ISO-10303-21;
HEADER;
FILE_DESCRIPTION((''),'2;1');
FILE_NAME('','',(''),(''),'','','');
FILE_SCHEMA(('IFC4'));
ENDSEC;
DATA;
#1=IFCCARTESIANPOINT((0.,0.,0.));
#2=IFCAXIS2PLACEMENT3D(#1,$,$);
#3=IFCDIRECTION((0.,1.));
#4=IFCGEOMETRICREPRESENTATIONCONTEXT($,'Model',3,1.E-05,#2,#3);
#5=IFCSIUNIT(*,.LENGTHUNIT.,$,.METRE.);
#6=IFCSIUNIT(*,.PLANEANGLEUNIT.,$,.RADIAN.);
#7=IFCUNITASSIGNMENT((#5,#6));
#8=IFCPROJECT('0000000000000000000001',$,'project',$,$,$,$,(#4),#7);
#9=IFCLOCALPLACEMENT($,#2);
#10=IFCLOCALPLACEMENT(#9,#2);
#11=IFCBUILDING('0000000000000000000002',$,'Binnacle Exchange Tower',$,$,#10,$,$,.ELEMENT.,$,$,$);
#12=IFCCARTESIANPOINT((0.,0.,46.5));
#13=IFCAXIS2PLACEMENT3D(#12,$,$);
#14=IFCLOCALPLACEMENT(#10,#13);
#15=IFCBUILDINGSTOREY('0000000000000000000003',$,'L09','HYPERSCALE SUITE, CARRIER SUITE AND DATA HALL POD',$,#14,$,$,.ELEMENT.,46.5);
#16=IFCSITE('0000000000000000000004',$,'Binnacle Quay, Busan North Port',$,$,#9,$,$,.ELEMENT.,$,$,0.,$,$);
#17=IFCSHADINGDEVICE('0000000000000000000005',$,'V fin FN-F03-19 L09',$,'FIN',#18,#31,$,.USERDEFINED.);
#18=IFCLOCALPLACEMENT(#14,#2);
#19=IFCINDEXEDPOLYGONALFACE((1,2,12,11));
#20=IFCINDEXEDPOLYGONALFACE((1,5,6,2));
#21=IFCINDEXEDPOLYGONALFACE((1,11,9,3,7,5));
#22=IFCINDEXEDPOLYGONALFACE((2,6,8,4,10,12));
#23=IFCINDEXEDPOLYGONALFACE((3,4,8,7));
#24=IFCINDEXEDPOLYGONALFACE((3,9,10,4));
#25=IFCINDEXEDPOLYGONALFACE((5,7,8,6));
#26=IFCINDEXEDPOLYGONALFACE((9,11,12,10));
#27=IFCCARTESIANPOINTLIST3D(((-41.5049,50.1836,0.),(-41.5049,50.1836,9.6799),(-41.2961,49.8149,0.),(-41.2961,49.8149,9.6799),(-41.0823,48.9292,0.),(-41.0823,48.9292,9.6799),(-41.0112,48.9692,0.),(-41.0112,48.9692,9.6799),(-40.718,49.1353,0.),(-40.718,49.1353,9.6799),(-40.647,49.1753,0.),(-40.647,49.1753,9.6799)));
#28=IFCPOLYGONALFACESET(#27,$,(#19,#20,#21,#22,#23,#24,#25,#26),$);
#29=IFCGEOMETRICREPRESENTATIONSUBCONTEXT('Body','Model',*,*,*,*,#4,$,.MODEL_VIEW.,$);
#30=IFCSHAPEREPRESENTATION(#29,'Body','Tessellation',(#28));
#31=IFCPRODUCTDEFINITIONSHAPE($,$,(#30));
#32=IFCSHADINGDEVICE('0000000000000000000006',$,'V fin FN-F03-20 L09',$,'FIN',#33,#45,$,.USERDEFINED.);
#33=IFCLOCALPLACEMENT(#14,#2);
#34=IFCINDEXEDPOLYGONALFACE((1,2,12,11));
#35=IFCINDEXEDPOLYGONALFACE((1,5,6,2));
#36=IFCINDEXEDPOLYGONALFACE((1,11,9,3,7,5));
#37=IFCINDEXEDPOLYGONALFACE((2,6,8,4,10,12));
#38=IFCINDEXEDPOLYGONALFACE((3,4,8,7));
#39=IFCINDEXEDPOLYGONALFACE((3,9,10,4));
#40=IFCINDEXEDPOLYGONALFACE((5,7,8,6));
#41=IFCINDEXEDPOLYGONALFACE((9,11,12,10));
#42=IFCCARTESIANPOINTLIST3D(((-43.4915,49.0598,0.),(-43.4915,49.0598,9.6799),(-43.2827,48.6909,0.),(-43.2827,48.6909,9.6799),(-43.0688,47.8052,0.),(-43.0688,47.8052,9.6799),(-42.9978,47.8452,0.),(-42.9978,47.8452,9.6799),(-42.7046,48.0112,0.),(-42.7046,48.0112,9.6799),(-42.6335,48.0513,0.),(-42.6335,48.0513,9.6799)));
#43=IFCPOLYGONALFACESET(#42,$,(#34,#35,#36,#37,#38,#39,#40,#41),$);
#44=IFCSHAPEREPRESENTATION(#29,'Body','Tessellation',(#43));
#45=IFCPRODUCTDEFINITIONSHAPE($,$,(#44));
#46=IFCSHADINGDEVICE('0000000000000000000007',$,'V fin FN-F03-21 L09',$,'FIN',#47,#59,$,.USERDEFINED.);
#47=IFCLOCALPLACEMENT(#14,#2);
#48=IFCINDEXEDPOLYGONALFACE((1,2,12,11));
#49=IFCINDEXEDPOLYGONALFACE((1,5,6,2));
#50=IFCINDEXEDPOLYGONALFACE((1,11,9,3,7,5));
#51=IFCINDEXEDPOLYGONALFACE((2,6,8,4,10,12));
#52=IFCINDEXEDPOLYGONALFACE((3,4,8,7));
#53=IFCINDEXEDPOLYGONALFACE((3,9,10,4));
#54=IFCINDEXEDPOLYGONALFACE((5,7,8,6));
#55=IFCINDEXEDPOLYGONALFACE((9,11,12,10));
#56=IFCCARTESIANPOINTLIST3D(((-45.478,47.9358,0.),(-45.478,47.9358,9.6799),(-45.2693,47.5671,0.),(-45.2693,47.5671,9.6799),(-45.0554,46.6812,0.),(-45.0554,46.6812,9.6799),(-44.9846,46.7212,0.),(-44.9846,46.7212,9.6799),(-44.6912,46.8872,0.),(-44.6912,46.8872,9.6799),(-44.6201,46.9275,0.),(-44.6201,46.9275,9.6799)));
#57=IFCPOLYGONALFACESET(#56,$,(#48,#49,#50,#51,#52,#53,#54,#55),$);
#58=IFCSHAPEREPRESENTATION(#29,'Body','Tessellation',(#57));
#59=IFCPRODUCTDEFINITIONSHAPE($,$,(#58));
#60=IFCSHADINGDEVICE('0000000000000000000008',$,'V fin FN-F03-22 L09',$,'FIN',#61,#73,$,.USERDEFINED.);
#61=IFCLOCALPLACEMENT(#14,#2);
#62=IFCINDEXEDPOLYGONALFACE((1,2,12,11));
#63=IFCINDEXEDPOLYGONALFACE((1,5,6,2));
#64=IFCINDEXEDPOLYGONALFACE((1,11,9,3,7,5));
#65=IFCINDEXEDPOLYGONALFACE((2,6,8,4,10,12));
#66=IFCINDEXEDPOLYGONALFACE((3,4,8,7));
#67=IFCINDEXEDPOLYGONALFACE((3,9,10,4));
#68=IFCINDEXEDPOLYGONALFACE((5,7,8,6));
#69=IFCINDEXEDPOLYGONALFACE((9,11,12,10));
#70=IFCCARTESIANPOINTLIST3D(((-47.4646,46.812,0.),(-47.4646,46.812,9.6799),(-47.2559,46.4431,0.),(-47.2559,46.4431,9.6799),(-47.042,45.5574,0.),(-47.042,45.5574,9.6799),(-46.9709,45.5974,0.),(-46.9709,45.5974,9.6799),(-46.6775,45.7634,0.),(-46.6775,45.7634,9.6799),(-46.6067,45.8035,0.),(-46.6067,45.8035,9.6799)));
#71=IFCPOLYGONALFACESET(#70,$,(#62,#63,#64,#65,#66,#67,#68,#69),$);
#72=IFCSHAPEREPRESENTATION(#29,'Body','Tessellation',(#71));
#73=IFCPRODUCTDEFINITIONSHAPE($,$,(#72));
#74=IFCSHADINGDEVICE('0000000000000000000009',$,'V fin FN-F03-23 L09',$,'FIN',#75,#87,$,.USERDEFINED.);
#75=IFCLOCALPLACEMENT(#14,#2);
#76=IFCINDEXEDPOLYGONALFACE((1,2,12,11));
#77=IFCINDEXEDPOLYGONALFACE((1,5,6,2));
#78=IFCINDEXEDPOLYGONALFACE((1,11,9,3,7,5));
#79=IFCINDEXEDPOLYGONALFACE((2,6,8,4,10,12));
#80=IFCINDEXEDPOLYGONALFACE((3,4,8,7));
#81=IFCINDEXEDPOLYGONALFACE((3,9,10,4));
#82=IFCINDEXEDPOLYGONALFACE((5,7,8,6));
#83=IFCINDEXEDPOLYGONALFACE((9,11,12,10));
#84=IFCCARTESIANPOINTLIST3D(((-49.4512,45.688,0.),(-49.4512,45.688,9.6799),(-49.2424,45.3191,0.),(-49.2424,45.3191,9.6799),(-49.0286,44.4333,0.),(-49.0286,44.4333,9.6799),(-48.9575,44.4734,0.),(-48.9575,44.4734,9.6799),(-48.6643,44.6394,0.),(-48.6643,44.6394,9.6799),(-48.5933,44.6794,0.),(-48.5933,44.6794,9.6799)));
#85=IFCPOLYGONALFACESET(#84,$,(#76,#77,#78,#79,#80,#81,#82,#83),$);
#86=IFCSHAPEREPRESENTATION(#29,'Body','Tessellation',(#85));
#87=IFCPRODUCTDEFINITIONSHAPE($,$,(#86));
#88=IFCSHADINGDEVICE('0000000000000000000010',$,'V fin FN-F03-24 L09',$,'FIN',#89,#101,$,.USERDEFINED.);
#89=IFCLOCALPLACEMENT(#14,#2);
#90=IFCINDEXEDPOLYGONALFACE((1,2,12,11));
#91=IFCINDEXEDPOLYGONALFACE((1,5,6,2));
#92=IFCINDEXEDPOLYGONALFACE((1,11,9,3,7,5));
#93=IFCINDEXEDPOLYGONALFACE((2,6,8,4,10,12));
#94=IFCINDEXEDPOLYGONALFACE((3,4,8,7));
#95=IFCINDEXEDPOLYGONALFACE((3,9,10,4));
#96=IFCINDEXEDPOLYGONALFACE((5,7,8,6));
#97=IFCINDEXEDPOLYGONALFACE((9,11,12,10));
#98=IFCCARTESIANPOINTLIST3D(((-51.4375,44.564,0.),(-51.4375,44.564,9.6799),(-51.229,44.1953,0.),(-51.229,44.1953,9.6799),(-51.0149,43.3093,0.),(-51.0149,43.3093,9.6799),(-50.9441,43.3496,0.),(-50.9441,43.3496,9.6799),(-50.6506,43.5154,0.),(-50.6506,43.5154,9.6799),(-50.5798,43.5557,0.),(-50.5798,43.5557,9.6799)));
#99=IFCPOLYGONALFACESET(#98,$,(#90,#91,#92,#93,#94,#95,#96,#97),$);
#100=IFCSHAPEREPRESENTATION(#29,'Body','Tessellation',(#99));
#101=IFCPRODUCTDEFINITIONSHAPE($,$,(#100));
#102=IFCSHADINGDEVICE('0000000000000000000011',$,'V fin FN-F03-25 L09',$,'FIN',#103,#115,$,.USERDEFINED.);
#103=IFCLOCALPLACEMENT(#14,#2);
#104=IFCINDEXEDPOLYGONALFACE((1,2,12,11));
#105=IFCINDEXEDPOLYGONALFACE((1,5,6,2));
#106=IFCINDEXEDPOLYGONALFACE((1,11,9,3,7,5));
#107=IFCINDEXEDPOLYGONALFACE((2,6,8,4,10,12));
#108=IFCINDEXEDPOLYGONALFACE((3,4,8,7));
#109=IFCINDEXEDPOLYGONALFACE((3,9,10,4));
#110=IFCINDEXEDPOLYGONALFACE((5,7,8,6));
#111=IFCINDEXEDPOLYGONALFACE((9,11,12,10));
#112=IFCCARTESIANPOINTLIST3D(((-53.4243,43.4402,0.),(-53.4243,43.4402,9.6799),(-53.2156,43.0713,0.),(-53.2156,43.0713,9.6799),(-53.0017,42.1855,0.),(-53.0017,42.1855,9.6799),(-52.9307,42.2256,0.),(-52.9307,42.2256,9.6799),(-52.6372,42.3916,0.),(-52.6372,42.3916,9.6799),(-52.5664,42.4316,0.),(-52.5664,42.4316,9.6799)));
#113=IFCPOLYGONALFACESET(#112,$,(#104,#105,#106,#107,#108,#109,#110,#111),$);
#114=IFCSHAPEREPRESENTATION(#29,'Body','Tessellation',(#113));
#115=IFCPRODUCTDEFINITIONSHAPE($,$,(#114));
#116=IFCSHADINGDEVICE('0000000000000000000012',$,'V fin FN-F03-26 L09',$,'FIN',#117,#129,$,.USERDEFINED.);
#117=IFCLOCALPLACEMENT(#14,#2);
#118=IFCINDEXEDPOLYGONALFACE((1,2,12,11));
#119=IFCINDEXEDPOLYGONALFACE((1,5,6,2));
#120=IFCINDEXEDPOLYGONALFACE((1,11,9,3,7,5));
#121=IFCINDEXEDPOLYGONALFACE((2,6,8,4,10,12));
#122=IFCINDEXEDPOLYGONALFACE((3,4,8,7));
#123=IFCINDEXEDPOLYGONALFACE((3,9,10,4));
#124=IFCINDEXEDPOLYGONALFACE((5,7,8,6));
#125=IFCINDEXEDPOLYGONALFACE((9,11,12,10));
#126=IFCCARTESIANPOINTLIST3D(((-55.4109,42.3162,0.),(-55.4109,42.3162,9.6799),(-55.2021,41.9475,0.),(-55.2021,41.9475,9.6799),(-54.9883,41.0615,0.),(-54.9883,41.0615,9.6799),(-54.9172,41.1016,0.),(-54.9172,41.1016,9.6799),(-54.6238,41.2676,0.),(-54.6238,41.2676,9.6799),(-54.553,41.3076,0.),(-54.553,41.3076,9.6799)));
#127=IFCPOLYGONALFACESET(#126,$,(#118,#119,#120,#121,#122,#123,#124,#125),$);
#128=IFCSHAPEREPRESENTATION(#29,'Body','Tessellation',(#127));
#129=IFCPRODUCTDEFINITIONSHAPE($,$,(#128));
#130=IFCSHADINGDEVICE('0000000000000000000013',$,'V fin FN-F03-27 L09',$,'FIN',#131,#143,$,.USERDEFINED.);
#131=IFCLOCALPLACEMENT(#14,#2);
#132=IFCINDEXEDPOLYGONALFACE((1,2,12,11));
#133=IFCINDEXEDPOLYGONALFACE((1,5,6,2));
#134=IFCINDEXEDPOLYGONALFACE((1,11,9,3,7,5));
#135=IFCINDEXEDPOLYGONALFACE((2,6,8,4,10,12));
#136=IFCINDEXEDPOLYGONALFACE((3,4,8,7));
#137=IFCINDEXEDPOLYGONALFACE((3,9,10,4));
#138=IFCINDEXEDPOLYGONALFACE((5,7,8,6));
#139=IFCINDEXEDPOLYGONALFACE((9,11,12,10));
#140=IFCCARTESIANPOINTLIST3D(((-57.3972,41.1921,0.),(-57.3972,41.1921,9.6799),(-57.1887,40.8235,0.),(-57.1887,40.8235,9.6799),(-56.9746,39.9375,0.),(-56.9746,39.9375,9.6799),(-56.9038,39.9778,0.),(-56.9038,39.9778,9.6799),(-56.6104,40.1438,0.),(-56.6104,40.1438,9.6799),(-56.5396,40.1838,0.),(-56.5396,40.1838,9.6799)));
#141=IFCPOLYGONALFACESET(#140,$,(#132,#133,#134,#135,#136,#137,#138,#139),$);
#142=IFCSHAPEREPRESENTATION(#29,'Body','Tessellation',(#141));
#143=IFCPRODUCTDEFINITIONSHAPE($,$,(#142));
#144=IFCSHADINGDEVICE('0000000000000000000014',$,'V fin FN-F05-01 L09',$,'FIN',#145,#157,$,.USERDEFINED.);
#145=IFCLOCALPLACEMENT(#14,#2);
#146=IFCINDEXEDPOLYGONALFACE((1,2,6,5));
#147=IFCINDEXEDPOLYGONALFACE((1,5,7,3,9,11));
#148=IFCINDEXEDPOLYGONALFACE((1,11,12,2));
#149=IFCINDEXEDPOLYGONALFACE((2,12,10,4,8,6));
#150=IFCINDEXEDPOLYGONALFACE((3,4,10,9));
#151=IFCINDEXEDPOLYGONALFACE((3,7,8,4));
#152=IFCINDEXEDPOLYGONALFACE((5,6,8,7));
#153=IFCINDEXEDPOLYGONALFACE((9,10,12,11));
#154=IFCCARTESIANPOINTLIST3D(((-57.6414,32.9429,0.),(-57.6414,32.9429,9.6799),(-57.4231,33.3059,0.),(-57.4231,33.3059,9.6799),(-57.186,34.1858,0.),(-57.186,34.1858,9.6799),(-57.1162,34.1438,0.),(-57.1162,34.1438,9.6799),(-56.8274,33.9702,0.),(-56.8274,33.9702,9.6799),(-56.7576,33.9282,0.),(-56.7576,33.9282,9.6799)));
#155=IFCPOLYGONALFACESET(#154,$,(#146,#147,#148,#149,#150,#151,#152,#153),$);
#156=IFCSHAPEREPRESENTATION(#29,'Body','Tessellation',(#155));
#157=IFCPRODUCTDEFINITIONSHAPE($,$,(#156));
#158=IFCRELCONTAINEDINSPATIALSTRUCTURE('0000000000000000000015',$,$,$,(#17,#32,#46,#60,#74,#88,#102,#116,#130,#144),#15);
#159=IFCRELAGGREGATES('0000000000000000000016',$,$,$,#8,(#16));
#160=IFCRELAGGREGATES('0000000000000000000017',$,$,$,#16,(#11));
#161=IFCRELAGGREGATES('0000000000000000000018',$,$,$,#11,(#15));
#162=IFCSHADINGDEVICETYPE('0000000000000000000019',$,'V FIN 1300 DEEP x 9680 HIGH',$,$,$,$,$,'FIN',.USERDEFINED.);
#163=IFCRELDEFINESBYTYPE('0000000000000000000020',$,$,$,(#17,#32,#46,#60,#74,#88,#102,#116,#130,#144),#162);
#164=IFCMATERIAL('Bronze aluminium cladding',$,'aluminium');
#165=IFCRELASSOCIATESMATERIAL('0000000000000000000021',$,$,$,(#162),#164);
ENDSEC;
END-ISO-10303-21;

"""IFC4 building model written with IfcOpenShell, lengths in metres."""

from ifc_helpers import new_model, si_unit, direction, frame, origin, place, context, subcontext, project, spatial, polyline, outline, extrude, material, type_object, element, save


model = new_model("IFC4")

# Units and contexts
model_context = context("Model", 3, precision=1e-05, world=origin(), true_north=direction((0.0, 1.0)))
body_context = subcontext(model_context, "Body", "Model", "MODEL_VIEW")
ifc_project = project(units=[si_unit("LENGTHUNIT", "METRE"), si_unit("PLANEANGLEUNIT", "RADIAN")], contexts=[model_context])

# Site, building, storey
site_placement = place(None, origin())
site = spatial("IfcSite", under=ifc_project, at=site_placement, Name="Binnacle Quay, Busan North Port", CompositionType="ELEMENT", RefElevation=0.0)
building_placement = place(site_placement, origin())
building = spatial("IfcBuilding", under=site, at=building_placement, Name="Binnacle Exchange Tower", CompositionType="ELEMENT")
storey_placement = place(building_placement, frame((0.0, 0.0, 46.5)))
storey = spatial("IfcBuildingStorey", under=building, at=storey_placement, Name="L09", Description="HYPERSCALE SUITE, CARRIER SUITE AND DATA HALL POD", CompositionType="ELEMENT", Elevation=46.5)

# Shading devices
ifc_material = material(Name="Bronze aluminium cladding", Category="aluminium")
shading_device_type = type_object("IfcShadingDeviceType", Name="V FIN 1300 DEEP x 9680 HIGH", ElementType="FIN", PredefinedType="USERDEFINED", material=ifc_material)
shading_device_1_placement = place(storey_placement, origin())
element("IfcShadingDevice", 1, at=shading_device_1_placement, inside=storey, type_object=shading_device_type, Name="V fin FN-F03-19 L09", ObjectType="FIN", PredefinedType="USERDEFINED", context=body_context, shape_type="SweptSolid", body=[
    extrude(outline(polyline([(-40.647, 49.1753), (-41.5049, 50.1836), (-41.0823, 48.9292), (-41.0112, 48.9692), (-41.2961, 49.8149), (-40.718, 49.1353), (-40.647, 49.1753)])), origin(), (0.0, 0.0, 1.0), 9.6799),
])
shading_device_2_placement = place(storey_placement, origin())
element("IfcShadingDevice", 2, at=shading_device_2_placement, inside=storey, type_object=shading_device_type, Name="V fin FN-F03-20 L09", ObjectType="FIN", PredefinedType="USERDEFINED", context=body_context, shape_type="SweptSolid", body=[
    extrude(outline(polyline([(-42.6335, 48.0513), (-43.4915, 49.0598), (-43.0688, 47.8052), (-42.9978, 47.8452), (-43.2827, 48.6909), (-42.7046, 48.0112), (-42.6335, 48.0513)])), origin(), (0.0, 0.0, 1.0), 9.6799),
])
shading_device_3_placement = place(storey_placement, origin())
element("IfcShadingDevice", 3, at=shading_device_3_placement, inside=storey, type_object=shading_device_type, Name="V fin FN-F03-21 L09", ObjectType="FIN", PredefinedType="USERDEFINED", context=body_context, shape_type="SweptSolid", body=[
    extrude(outline(polyline([(-44.6201, 46.9275), (-45.478, 47.9358), (-45.0554, 46.6812), (-44.9846, 46.7212), (-45.2693, 47.5671), (-44.6912, 46.8872), (-44.6201, 46.9275)])), origin(), (0.0, 0.0, 1.0), 9.6799),
])
shading_device_4_placement = place(storey_placement, origin())
element("IfcShadingDevice", 4, at=shading_device_4_placement, inside=storey, type_object=shading_device_type, Name="V fin FN-F03-22 L09", ObjectType="FIN", PredefinedType="USERDEFINED", context=body_context, shape_type="SweptSolid", body=[
    extrude(outline(polyline([(-46.6067, 45.8035), (-47.4646, 46.812), (-47.042, 45.5574), (-46.9709, 45.5974), (-47.2559, 46.4431), (-46.6775, 45.7634), (-46.6067, 45.8035)])), origin(), (0.0, 0.0, 1.0), 9.6799),
])
shading_device_5_placement = place(storey_placement, origin())
element("IfcShadingDevice", 5, at=shading_device_5_placement, inside=storey, type_object=shading_device_type, Name="V fin FN-F03-23 L09", ObjectType="FIN", PredefinedType="USERDEFINED", context=body_context, shape_type="SweptSolid", body=[
    extrude(outline(polyline([(-48.5933, 44.6794), (-49.4512, 45.688), (-49.0286, 44.4333), (-48.9575, 44.4734), (-49.2424, 45.3191), (-48.6643, 44.6394), (-48.5933, 44.6794)])), origin(), (0.0, 0.0, 1.0), 9.6799),
])
shading_device_6_placement = place(storey_placement, origin())
element("IfcShadingDevice", 6, at=shading_device_6_placement, inside=storey, type_object=shading_device_type, Name="V fin FN-F03-24 L09", ObjectType="FIN", PredefinedType="USERDEFINED", context=body_context, shape_type="SweptSolid", body=[
    extrude(outline(polyline([(-50.5798, 43.5557), (-51.4375, 44.564), (-51.0149, 43.3093), (-50.9441, 43.3496), (-51.229, 44.1953), (-50.6506, 43.5154), (-50.5798, 43.5557)])), origin(), (0.0, 0.0, 1.0), 9.6799),
])
shading_device_7_placement = place(storey_placement, origin())
element("IfcShadingDevice", 7, at=shading_device_7_placement, inside=storey, type_object=shading_device_type, Name="V fin FN-F03-25 L09", ObjectType="FIN", PredefinedType="USERDEFINED", context=body_context, shape_type="SweptSolid", body=[
    extrude(outline(polyline([(-52.5664, 42.4316), (-53.4243, 43.4402), (-53.0017, 42.1855), (-52.9307, 42.2256), (-53.2156, 43.0713), (-52.6372, 42.3916), (-52.5664, 42.4316)])), origin(), (0.0, 0.0, 1.0), 9.6799),
])
shading_device_8_placement = place(storey_placement, origin())
element("IfcShadingDevice", 8, at=shading_device_8_placement, inside=storey, type_object=shading_device_type, Name="V fin FN-F03-26 L09", ObjectType="FIN", PredefinedType="USERDEFINED", context=body_context, shape_type="SweptSolid", body=[
    extrude(outline(polyline([(-54.553, 41.3076), (-55.4109, 42.3162), (-54.9883, 41.0615), (-54.9172, 41.1016), (-55.2021, 41.9475), (-54.6238, 41.2676), (-54.553, 41.3076)])), origin(), (0.0, 0.0, 1.0), 9.6799),
])
shading_device_9_placement = place(storey_placement, origin())
element("IfcShadingDevice", 9, at=shading_device_9_placement, inside=storey, type_object=shading_device_type, Name="V fin FN-F03-27 L09", ObjectType="FIN", PredefinedType="USERDEFINED", context=body_context, shape_type="SweptSolid", body=[
    extrude(outline(polyline([(-56.5396, 40.1838), (-57.3972, 41.1921), (-56.9746, 39.9375), (-56.9038, 39.9778), (-57.1887, 40.8235), (-56.6104, 40.1438), (-56.5396, 40.1838)])), origin(), (0.0, 0.0, 1.0), 9.6799),
])
shading_device_10_placement = place(storey_placement, origin())
element("IfcShadingDevice", 10, at=shading_device_10_placement, inside=storey, type_object=shading_device_type, Name="V fin FN-F05-01 L09", ObjectType="FIN", PredefinedType="USERDEFINED", context=body_context, shape_type="SweptSolid", body=[
    extrude(outline(polyline([(-57.186, 34.1858), (-57.6414, 32.9429), (-56.7576, 33.9282), (-56.8274, 33.9702), (-57.4231, 33.3059), (-57.1162, 34.1438), (-57.186, 34.1858)])), origin(), (0.0, 0.0, 1.0), 9.6799),
])

save(model, "model.ifc")
